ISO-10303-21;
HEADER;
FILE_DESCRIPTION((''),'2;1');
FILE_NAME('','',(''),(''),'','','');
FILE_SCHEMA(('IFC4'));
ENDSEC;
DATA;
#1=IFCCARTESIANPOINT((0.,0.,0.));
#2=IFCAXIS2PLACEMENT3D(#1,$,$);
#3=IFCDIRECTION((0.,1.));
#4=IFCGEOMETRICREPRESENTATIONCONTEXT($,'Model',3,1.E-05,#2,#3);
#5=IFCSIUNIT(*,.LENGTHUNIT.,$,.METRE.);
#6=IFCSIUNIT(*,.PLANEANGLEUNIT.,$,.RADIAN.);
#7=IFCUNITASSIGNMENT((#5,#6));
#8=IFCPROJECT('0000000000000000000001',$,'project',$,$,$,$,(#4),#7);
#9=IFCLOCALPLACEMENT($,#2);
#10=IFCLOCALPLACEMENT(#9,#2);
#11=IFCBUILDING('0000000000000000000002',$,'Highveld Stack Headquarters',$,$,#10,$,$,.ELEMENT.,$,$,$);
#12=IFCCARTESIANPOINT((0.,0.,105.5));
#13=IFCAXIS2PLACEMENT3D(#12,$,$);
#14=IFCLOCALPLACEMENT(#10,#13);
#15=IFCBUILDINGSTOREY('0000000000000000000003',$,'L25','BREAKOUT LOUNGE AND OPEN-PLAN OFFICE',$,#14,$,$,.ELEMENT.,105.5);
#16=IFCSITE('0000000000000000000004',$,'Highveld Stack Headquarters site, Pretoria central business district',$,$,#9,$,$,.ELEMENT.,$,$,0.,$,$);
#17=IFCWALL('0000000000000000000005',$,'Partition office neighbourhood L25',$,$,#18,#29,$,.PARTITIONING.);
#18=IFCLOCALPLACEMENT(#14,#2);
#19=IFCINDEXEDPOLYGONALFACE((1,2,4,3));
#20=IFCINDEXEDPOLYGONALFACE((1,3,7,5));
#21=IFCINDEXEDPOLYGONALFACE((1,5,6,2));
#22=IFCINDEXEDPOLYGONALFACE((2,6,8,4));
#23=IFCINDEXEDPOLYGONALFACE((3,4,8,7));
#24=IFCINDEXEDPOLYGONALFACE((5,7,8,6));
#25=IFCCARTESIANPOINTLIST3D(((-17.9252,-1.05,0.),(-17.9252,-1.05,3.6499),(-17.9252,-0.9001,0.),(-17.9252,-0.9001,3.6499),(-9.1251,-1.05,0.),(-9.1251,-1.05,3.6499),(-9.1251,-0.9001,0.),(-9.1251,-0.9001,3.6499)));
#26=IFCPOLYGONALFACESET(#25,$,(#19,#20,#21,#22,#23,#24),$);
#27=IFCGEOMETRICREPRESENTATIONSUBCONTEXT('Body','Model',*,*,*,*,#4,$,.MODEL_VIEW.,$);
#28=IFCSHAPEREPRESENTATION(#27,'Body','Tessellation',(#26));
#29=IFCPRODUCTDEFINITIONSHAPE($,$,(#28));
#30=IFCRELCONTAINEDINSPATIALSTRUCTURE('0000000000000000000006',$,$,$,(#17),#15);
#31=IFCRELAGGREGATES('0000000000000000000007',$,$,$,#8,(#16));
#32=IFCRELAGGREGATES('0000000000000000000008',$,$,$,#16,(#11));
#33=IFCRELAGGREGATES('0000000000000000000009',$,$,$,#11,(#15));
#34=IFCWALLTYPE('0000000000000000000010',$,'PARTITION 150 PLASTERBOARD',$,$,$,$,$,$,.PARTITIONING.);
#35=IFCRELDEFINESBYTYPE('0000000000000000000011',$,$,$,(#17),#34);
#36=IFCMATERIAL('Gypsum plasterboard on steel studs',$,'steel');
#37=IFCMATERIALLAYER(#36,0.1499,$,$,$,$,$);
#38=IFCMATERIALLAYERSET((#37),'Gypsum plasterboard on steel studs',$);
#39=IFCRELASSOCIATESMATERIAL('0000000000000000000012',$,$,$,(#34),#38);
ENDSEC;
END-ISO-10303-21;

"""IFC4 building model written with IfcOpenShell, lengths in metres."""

from ifc_helpers import new_model, si_unit, direction, frame, frame_2d, origin, place, context, subcontext, project, spatial, rectangle, extrude, material, layer, layer_set, type_object, element, save


model = new_model("IFC4")

# Units and contexts
model_context = context("Model", 3, precision=1e-05, world=origin(), true_north=direction((0.0, 1.0)))
body_context = subcontext(model_context, "Body", "Model", "MODEL_VIEW")
ifc_project = project(units=[si_unit("LENGTHUNIT", "METRE"), si_unit("PLANEANGLEUNIT", "RADIAN")], contexts=[model_context])

# Site, building, storey
site_placement = place(None, origin())
site = spatial("IfcSite", under=ifc_project, at=site_placement, Name="Highveld Stack Headquarters site, Pretoria central business district", CompositionType="ELEMENT", RefElevation=0.0)
building_placement = place(site_placement, origin())
building = spatial("IfcBuilding", under=site, at=building_placement, Name="Highveld Stack Headquarters", CompositionType="ELEMENT")
storey_placement = place(building_placement, frame((0.0, 0.0, 105.5)))
storey = spatial("IfcBuildingStorey", under=building, at=storey_placement, Name="L25", Description="BREAKOUT LOUNGE AND OPEN-PLAN OFFICE", CompositionType="ELEMENT", Elevation=105.5)

# Shared definitions
ifc_material_1 = material(Name="Gypsum plasterboard on steel studs", Category="steel")
ifc_layer_1 = layer(ifc_material_1, 0.1499)
ifc_layer_set_1 = layer_set([ifc_layer_1], Name="Gypsum plasterboard on steel studs")
wall_type_1 = type_object("IfcWallType", Name="PARTITION 150 PLASTERBOARD", PredefinedType="PARTITIONING", material=ifc_layer_set_1)

# Wall
wall_1_placement = place(storey_placement, frame((-17.925, -0.9751, 0.0), z_axis=(0.0, 0.0, 1.0), x_axis=(1.0, 0.0, 0.0)))
element("IfcWall", 1, at=wall_1_placement, inside=storey, type_object=wall_type_1, Name="Partition office neighbourhood L25", PredefinedType="PARTITIONING", context=body_context, shape_type="SweptSolid", body=[
    extrude(rectangle(XDim=8.8, YDim=0.1499, at=frame_2d((4.3999, 0.0))), origin(), (0.0, 0.0, 1.0), 3.6499),
])

save(model, "model.ifc")
